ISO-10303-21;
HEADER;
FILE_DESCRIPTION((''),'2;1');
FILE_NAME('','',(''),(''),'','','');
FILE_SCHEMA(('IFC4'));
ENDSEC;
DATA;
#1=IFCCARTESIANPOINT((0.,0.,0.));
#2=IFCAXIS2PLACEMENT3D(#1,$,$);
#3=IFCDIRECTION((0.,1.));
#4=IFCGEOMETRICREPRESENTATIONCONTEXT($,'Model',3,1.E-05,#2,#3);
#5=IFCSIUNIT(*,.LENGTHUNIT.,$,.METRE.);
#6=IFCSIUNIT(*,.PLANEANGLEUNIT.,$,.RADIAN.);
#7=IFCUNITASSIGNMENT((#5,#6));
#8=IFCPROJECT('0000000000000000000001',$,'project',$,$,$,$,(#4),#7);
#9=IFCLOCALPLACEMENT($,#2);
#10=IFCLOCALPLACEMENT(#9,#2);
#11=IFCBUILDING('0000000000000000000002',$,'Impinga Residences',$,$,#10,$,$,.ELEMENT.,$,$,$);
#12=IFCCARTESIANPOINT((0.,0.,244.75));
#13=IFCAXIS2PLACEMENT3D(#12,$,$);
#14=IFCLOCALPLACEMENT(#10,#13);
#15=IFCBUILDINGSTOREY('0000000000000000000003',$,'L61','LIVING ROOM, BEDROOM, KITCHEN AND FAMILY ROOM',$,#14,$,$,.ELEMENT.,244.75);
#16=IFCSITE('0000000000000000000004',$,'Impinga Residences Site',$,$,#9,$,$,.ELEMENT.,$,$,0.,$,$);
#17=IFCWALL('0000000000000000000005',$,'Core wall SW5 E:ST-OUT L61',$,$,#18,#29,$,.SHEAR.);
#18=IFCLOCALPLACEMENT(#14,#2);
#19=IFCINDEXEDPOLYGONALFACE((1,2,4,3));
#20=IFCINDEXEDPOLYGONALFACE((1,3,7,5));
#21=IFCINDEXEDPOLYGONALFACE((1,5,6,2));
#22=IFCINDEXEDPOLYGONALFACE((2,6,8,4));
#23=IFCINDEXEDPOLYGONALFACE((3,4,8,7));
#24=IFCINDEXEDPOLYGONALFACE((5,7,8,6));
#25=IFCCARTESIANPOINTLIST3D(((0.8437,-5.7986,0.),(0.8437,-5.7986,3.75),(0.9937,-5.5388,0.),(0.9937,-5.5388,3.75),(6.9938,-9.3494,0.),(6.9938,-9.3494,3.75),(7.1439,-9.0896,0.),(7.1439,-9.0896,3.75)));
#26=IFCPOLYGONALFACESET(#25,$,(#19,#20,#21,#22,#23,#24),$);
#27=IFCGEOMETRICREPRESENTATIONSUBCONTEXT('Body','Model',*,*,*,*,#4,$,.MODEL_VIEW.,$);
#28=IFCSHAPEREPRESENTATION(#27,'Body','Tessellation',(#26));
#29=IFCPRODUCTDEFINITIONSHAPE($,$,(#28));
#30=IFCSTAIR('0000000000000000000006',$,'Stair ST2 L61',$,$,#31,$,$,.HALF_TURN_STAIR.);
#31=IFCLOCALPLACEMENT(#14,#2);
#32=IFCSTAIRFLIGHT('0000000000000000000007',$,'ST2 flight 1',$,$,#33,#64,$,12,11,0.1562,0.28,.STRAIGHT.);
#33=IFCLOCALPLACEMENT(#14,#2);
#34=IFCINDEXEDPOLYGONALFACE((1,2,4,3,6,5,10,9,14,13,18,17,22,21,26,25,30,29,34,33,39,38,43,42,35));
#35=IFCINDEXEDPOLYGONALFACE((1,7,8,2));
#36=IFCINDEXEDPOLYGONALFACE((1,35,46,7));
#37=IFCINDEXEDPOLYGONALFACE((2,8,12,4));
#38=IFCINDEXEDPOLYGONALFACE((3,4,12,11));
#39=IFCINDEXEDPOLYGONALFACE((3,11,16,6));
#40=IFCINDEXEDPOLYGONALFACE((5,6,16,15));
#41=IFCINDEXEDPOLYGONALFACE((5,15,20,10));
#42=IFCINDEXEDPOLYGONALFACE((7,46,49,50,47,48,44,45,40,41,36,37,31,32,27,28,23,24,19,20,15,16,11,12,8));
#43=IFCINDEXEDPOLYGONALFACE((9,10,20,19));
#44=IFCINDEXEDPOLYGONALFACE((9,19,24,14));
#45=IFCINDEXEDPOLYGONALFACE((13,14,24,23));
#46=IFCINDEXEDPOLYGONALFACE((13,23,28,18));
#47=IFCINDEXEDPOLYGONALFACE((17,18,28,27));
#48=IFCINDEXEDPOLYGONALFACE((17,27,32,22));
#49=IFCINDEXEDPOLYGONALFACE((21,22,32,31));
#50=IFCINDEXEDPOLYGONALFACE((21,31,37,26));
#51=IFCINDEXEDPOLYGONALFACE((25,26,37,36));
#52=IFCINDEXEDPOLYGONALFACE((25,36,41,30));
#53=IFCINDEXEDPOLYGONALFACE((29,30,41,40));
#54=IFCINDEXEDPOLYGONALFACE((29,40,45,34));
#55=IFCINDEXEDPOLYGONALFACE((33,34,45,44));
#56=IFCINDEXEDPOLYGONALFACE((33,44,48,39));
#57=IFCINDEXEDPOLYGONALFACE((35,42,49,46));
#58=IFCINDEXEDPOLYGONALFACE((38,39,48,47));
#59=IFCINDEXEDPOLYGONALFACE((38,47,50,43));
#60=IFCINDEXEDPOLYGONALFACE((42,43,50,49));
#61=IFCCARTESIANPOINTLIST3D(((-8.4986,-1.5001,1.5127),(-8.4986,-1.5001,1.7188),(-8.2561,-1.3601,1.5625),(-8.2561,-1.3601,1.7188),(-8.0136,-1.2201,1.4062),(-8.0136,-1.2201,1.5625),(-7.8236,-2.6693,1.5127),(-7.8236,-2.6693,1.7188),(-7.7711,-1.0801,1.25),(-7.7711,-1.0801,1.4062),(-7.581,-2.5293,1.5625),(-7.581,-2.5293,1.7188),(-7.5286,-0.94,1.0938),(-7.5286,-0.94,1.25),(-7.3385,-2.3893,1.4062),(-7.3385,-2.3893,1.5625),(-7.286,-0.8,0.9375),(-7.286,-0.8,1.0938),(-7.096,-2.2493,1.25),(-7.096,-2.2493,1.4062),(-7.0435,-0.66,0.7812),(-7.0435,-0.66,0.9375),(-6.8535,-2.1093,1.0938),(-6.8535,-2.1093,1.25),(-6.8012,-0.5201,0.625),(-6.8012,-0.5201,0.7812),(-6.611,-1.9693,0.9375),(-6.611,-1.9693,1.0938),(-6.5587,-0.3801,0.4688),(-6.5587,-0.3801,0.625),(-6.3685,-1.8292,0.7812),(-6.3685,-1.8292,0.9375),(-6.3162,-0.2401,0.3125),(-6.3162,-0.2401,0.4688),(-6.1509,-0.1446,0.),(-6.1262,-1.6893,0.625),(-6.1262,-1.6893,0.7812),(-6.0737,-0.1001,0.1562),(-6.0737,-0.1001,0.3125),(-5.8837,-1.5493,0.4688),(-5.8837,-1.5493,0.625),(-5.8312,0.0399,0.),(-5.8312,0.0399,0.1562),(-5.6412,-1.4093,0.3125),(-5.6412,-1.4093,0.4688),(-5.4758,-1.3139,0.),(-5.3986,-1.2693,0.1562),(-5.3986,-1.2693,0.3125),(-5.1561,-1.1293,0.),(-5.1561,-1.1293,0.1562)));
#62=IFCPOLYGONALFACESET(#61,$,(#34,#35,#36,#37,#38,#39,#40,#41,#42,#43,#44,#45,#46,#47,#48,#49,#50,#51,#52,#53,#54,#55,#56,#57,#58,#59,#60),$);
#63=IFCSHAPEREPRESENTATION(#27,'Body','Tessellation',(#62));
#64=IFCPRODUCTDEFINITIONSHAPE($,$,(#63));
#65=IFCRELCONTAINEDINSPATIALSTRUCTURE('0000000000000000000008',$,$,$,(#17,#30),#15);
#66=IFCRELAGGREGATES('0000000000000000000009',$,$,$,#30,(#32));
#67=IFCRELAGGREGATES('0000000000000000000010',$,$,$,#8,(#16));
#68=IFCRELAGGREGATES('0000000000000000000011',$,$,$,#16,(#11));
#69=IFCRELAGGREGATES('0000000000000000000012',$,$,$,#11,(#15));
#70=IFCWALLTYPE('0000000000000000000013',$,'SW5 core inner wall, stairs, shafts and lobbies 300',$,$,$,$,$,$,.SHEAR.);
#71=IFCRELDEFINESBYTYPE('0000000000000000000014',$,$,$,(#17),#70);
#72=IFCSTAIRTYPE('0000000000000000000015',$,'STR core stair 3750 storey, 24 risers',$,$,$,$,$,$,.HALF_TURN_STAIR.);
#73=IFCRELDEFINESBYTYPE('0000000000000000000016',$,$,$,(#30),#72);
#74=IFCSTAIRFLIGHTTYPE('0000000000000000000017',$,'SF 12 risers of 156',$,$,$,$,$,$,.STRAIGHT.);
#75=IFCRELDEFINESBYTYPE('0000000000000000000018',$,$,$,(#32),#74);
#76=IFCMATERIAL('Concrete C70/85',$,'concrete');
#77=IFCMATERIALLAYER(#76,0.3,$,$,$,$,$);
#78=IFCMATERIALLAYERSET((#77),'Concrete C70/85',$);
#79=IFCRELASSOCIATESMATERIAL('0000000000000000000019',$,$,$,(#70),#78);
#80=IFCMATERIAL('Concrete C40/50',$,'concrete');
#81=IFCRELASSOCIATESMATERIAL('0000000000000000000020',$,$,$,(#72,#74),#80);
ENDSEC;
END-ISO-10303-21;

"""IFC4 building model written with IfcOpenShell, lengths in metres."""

from ifc_helpers import new_model, si_unit, direction, frame, frame_2d, origin, place, context, subcontext, project, spatial, polyline, rectangle, outline, extrude, material, layer, layer_set, type_object, element, aggregate, save


model = new_model("IFC4")

# Units and contexts
model_context = context("Model", 3, precision=1e-05, world=origin(), true_north=direction((0.0, 1.0)))
body_context = subcontext(model_context, "Body", "Model", "MODEL_VIEW")
ifc_project = project(units=[si_unit("LENGTHUNIT", "METRE"), si_unit("PLANEANGLEUNIT", "RADIAN")], contexts=[model_context])

# Site, building, storey
site_placement = place(None, origin())
site = spatial("IfcSite", under=ifc_project, at=site_placement, Name="Impinga Residences Site", CompositionType="ELEMENT", RefElevation=0.0)
building_placement = place(site_placement, origin())
building = spatial("IfcBuilding", under=site, at=building_placement, Name="Impinga Residences", CompositionType="ELEMENT")
storey_placement = place(building_placement, frame((0.0, 0.0, 244.75)))
storey = spatial("IfcBuildingStorey", under=building, at=storey_placement, Name="L61", Description="LIVING ROOM, BEDROOM, KITCHEN AND FAMILY ROOM", CompositionType="ELEMENT", Elevation=244.75)

# Shared definitions
ifc_material_1 = material(Name="Concrete C70/85", Category="concrete")
ifc_layer_1 = layer(ifc_material_1, 0.3)
ifc_layer_set_1 = layer_set([ifc_layer_1], Name="Concrete C70/85")
wall_type_1 = type_object("IfcWallType", Name="SW5 core inner wall, stairs, shafts and lobbies 300", PredefinedType="SHEAR", material=ifc_layer_set_1)

# Wall
wall_1_placement = place(storey_placement, frame((0.9187, -5.6687, 0.0), z_axis=(0.0, 0.0, 1.0), x_axis=(0.866026, -0.499999, 0.0)))
element("IfcWall", 1, at=wall_1_placement, inside=storey, type_object=wall_type_1, Name="Core wall SW5 E:ST-OUT L61", PredefinedType="SHEAR", context=body_context, shape_type="SweptSolid", body=[
    extrude(rectangle(XDim=7.1016, YDim=0.3, at=frame_2d((3.5508, 0.0))), origin(), (0.0, 0.0, 1.0), 3.75),
])

# Stair, stair flight
ifc_material_2 = material(Name="Concrete C40/50", Category="concrete")
stair_type = type_object("IfcStairType", Name="STR core stair 3750 storey, 24 risers", PredefinedType="HALF_TURN_STAIR", material=ifc_material_2)
stair_placement = place(storey_placement, origin())
stair = element("IfcStair", 2, at=stair_placement, inside=storey, type_object=stair_type, Name="Stair ST2 L61", PredefinedType="HALF_TURN_STAIR")
stair_flight_type = type_object("IfcStairFlightType", Name="SF 12 risers of 156", PredefinedType="STRAIGHT", material=ifc_material_2)
stair_flight_placement = place(storey_placement, frame((-5.4937, -0.5447, 0.0), z_axis=(0.0, 0.0, 1.0), x_axis=(-0.866025, -0.5, 0.0)))
stair_flight = element("IfcStairFlight", 3, at=stair_flight_placement, type_object=stair_flight_type, Name="ST2 flight 1", NumberOfRisers=12, NumberOfTreads=11, PredefinedType="STRAIGHT", RiserHeight=0.1562, TreadLength=0.28, context=body_context, shape_type="SweptSolid", body=[
    extrude(outline(polyline([(0.0, 0.0), (0.0, 0.1562), (0.28, 0.1562), (0.28, 0.3125), (0.5601, 0.3125), (0.5601, 0.4688), (0.8401, 0.4688), (0.8401, 0.625), (1.1201, 0.625), (1.1201, 0.7812), (1.3999, 0.7812), (1.3999, 0.9375), (1.6799, 0.9375), (1.6799, 1.0938), (1.96, 1.0938), (1.96, 1.25), (2.24, 1.25), (2.24, 1.4062), (2.52, 1.4062), (2.52, 1.5625), (2.8, 1.5625), (2.8, 1.7188), (3.0801, 1.7188), (3.0801, 1.875), (3.0801, 1.5127), (0.3691, 0.0), (0.0, 0.0)])), frame((0.0, 0.675, 0.0), z_axis=(0.0, -1.0, 0.0), x_axis=(1.0, 0.0, 0.0)), (0.0, 0.0, 1.0), 1.3501),
])
aggregate(stair, [stair_flight])

save(model, "model.ifc")
